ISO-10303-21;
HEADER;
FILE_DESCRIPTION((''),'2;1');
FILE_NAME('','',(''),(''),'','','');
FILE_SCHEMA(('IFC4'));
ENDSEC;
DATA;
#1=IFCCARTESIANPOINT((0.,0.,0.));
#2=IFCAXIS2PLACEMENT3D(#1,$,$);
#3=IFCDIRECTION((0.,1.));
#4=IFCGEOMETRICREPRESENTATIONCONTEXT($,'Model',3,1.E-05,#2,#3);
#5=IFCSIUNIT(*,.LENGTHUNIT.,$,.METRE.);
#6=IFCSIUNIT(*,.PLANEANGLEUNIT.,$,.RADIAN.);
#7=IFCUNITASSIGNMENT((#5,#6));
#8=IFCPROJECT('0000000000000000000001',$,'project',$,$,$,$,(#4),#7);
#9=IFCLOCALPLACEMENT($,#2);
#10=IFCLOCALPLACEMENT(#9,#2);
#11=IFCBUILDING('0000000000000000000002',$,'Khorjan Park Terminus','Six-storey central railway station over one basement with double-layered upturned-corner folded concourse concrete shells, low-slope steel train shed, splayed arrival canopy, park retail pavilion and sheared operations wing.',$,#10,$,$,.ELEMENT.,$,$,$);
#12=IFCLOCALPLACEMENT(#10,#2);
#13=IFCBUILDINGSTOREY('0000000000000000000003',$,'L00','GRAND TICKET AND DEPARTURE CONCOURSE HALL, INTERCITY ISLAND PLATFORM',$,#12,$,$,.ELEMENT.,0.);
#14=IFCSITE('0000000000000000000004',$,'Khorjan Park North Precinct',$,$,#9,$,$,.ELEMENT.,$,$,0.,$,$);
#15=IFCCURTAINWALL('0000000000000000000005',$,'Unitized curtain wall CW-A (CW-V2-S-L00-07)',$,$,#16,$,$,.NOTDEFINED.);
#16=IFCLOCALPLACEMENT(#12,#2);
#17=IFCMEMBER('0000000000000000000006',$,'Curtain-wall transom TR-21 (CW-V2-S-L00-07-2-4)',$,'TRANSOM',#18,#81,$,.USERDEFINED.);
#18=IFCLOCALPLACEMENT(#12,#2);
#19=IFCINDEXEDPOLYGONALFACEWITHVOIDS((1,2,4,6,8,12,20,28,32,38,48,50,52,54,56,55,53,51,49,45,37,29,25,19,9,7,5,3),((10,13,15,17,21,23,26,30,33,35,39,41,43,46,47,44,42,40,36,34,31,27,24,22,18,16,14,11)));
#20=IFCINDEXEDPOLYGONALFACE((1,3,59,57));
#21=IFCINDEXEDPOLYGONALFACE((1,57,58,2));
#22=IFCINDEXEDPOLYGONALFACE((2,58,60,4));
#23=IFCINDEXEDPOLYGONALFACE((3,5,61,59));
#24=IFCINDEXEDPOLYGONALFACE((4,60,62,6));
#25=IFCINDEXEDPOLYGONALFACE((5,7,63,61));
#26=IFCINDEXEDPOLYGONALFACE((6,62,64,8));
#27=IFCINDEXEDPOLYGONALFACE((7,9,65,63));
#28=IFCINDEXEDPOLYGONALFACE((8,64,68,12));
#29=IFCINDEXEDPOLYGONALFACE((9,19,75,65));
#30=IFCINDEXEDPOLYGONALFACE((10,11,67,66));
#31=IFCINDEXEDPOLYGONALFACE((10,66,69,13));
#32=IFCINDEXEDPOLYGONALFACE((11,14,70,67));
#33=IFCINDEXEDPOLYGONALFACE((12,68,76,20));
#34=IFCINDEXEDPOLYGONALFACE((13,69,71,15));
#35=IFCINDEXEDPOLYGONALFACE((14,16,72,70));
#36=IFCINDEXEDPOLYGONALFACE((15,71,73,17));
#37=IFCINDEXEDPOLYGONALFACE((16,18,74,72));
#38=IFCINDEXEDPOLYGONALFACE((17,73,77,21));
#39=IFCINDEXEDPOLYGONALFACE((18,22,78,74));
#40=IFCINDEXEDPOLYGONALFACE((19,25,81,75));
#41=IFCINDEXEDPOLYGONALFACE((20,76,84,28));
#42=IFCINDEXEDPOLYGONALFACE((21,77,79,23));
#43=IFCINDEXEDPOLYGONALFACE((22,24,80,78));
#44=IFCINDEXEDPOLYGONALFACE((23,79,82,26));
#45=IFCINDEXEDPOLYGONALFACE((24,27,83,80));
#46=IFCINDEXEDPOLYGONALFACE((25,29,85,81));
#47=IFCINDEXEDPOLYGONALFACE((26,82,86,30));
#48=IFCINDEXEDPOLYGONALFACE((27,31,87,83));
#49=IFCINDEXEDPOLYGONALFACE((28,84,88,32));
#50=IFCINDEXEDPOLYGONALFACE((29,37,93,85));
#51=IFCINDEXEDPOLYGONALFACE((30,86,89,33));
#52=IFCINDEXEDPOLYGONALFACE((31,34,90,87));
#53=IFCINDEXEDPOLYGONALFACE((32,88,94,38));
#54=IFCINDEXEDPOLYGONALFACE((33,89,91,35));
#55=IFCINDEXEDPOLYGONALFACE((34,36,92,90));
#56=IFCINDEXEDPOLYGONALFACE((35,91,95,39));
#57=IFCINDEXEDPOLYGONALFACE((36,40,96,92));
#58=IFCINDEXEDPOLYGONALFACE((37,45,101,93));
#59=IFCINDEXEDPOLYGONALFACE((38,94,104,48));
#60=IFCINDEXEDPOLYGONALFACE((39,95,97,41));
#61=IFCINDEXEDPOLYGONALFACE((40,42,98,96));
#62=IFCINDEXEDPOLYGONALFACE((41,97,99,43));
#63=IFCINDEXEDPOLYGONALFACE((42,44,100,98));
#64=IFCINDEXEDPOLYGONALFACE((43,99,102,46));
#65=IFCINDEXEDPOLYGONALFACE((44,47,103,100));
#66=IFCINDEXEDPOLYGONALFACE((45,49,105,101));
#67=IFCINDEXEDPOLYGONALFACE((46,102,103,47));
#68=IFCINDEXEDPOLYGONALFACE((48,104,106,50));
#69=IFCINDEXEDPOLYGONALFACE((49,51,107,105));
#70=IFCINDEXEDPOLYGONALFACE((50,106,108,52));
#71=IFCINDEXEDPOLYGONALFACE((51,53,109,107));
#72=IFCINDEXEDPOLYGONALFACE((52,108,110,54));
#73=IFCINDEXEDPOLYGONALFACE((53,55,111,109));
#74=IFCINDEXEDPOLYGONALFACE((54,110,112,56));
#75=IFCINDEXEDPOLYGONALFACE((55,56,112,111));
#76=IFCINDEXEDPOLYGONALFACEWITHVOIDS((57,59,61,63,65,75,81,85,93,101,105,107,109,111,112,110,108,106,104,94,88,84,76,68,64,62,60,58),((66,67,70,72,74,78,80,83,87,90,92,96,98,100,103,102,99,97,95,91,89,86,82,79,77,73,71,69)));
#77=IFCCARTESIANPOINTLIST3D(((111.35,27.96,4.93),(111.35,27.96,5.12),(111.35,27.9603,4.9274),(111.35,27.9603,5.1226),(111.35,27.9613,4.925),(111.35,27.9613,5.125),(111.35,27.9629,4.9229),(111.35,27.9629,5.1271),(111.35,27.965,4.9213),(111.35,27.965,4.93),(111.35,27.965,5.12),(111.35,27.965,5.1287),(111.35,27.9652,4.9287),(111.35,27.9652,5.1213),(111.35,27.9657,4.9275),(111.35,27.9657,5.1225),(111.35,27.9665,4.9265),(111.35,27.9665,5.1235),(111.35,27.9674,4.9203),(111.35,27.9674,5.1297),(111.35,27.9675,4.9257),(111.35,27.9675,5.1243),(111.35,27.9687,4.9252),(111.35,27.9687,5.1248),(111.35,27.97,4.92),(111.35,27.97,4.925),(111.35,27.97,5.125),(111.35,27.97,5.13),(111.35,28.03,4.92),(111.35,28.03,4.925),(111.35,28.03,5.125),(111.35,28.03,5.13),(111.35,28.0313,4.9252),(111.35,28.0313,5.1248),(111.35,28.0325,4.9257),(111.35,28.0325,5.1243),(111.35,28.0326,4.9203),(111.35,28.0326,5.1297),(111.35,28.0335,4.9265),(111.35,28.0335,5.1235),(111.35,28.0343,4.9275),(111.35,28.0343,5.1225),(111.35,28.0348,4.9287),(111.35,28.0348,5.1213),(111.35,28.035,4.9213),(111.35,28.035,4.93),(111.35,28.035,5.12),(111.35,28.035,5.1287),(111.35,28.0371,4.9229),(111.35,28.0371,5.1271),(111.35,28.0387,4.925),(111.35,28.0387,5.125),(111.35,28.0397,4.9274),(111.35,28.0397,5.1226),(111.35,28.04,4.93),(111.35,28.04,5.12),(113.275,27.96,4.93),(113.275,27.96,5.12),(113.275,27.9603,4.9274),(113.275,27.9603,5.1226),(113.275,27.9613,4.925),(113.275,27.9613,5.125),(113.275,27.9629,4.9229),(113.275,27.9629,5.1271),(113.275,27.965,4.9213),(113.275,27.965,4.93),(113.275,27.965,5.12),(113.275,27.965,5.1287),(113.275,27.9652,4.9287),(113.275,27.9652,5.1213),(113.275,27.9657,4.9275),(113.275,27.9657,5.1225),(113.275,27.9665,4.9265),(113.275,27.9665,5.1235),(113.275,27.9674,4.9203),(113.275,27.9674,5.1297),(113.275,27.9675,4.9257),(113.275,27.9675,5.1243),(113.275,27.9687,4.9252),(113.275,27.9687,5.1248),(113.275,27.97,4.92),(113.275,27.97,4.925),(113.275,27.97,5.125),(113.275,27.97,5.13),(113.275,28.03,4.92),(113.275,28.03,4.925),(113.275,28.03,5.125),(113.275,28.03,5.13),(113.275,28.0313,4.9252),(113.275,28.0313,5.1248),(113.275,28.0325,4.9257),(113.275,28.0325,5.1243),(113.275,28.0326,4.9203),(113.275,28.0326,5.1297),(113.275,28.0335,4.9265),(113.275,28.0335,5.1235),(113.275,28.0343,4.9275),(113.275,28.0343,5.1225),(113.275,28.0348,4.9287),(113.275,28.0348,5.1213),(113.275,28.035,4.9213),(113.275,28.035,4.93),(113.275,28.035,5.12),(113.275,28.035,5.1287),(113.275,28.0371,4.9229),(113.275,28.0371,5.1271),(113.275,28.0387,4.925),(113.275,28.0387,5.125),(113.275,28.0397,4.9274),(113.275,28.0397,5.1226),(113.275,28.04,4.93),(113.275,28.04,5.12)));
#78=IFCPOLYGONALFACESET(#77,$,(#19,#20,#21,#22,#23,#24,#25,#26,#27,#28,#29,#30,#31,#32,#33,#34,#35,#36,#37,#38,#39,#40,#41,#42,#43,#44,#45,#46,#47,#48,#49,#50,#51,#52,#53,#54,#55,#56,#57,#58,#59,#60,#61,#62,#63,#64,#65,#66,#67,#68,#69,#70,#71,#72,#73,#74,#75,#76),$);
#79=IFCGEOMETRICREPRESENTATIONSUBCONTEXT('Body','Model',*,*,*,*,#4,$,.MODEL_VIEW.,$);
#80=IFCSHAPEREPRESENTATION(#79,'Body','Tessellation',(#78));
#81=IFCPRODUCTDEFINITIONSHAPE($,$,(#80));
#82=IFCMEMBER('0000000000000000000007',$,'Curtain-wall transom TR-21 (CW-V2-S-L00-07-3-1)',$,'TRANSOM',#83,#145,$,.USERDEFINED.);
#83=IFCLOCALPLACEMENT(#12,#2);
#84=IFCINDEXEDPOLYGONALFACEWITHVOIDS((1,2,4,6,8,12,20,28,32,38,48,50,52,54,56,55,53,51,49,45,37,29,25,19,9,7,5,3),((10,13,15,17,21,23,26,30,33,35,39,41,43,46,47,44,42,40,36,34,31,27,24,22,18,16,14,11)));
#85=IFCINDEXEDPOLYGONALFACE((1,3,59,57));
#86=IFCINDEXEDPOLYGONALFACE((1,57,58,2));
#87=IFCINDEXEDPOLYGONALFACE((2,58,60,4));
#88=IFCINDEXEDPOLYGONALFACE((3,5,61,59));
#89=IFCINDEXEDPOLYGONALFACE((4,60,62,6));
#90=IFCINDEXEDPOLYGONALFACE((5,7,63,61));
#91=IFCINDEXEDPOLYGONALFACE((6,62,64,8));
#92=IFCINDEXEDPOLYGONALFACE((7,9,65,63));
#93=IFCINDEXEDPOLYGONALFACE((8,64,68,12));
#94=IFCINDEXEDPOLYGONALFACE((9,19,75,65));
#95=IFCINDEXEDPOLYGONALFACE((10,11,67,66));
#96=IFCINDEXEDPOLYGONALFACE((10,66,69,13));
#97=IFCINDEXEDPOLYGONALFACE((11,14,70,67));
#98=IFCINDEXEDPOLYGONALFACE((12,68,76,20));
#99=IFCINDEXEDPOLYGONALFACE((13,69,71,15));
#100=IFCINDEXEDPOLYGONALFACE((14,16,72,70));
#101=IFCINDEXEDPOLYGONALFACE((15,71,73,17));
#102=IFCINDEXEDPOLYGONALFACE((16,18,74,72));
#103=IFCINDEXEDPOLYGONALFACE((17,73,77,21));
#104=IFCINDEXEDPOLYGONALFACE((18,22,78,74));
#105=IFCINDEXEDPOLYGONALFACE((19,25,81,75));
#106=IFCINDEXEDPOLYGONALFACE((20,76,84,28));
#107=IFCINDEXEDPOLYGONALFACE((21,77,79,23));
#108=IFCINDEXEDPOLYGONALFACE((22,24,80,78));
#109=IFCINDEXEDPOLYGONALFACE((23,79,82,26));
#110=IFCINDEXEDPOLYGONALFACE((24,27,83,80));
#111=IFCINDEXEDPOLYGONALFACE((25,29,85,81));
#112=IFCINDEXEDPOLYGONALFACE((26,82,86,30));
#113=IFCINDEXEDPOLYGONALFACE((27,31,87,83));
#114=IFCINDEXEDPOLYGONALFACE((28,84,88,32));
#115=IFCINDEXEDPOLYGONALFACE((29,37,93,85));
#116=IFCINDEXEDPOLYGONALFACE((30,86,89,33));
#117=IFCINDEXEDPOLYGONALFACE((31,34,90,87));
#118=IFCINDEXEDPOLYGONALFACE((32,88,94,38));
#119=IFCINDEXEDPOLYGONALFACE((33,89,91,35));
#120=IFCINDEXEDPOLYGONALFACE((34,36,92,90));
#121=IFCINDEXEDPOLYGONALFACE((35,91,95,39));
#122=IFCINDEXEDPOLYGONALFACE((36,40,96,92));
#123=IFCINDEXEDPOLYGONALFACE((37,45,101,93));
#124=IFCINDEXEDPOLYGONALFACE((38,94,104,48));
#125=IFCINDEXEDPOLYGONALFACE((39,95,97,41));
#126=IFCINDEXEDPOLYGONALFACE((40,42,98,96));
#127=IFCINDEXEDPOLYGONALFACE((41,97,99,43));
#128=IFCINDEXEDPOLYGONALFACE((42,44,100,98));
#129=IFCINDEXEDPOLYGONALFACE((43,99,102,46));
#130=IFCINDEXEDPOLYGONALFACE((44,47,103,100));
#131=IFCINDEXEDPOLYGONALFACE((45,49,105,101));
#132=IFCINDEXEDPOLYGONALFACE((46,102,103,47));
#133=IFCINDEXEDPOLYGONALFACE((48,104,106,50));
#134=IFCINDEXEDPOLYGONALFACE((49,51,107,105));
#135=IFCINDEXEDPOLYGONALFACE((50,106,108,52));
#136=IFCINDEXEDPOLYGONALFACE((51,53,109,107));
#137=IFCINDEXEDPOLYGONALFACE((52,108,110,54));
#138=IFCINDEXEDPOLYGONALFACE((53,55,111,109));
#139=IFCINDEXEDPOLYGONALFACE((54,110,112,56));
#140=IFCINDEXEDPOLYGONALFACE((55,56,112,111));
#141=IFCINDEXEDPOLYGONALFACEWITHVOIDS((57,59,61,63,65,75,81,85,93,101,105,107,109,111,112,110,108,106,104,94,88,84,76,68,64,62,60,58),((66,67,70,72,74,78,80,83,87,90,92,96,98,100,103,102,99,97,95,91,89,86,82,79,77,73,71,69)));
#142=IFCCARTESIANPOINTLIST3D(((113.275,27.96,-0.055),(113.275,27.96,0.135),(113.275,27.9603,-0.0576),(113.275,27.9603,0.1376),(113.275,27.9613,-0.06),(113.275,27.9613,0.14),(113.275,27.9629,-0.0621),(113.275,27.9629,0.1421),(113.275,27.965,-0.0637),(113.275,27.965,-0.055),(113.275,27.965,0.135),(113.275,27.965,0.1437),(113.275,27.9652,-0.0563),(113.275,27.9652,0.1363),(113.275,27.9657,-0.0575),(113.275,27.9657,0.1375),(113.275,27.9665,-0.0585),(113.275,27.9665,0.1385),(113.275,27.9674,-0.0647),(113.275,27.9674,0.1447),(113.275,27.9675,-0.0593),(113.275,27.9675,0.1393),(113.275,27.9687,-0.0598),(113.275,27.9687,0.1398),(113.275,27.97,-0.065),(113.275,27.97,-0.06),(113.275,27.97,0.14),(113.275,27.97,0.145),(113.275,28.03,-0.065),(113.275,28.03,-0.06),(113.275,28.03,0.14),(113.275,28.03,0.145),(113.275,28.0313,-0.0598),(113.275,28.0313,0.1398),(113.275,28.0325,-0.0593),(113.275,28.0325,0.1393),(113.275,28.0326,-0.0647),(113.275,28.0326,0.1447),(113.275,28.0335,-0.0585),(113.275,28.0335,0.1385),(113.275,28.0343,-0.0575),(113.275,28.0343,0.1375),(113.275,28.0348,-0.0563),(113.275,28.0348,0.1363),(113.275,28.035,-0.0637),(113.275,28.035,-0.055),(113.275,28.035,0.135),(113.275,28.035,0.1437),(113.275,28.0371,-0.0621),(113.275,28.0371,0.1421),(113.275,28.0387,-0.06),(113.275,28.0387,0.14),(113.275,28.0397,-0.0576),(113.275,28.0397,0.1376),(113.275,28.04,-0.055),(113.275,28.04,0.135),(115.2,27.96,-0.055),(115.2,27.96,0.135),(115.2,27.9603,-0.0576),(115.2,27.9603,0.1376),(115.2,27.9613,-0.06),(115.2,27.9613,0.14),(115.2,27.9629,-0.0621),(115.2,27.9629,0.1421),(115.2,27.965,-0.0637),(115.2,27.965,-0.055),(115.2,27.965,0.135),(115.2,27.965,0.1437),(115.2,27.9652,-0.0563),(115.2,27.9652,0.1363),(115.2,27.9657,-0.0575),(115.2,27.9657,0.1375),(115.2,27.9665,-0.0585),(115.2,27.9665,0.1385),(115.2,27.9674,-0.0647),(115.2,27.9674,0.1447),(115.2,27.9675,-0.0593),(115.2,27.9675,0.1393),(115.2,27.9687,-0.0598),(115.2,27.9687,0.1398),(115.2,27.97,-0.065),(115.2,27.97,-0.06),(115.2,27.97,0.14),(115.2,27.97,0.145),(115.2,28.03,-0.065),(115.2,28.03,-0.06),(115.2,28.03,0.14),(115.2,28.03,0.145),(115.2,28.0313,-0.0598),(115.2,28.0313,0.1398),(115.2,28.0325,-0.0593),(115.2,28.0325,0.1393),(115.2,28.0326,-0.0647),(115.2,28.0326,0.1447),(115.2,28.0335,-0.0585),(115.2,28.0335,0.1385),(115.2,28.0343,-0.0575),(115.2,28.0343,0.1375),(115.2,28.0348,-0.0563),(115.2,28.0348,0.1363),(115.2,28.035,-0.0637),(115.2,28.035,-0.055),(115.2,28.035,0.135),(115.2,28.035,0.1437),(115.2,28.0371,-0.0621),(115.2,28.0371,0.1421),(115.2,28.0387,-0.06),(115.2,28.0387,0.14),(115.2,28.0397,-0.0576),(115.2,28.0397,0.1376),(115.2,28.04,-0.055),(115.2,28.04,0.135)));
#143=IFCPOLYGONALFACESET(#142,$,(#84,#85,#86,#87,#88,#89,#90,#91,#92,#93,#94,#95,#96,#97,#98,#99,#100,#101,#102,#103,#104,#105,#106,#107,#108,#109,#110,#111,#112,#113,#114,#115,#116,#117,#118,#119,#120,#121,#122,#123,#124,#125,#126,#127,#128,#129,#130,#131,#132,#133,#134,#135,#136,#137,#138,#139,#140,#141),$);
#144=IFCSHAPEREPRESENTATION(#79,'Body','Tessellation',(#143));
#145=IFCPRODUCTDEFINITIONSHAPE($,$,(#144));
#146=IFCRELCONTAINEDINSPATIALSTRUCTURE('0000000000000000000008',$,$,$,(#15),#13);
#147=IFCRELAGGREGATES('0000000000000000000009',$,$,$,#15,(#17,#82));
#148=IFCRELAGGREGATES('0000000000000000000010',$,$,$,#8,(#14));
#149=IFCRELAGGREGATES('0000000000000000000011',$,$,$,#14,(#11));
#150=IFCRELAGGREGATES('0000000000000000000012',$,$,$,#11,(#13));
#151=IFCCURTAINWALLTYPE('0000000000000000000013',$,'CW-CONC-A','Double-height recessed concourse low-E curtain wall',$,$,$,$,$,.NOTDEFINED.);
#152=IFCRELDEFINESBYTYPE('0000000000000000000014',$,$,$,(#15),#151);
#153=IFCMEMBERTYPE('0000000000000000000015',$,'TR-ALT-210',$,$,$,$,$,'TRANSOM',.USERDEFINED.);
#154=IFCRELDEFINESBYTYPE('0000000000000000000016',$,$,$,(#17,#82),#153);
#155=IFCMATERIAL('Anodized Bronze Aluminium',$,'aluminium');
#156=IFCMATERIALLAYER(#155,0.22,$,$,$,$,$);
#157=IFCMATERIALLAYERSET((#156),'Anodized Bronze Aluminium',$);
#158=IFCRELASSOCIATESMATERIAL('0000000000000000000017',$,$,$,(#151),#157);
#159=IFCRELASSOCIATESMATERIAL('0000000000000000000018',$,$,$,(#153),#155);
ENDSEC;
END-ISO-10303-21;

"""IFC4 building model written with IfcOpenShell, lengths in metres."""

from ifc_helpers import new_model, si_unit, direction, frame, origin, origin_2d, place, context, subcontext, project, spatial, hollow_rectangle, extrude, material, layer, layer_set, material_profile, profile_set, type_object, element, aggregate, save


model = new_model("IFC4")

# Units and contexts
model_context = context("Model", 3, precision=1e-05, world=origin(), true_north=direction((0.0, 1.0)))
body_context = subcontext(model_context, "Body", "Model", "MODEL_VIEW")
ifc_project = project(units=[si_unit("LENGTHUNIT", "METRE"), si_unit("PLANEANGLEUNIT", "RADIAN")], contexts=[model_context])

# Site, building, storey
site_placement = place(None, origin())
site = spatial("IfcSite", under=ifc_project, at=site_placement, Name="Khorjan Park North Precinct", CompositionType="ELEMENT", RefElevation=0.0)
building_placement = place(site_placement, origin())
building = spatial("IfcBuilding", under=site, at=building_placement, Name="Khorjan Park Terminus", Description="Six-storey central railway station over one basement with double-layered upturned-corner folded concourse concrete shells, low-slope steel train shed, splayed arrival canopy, park retail pavilion and sheared operations wing.", CompositionType="ELEMENT")
storey_placement = place(building_placement, origin())
storey = spatial("IfcBuildingStorey", under=building, at=storey_placement, Name="L00", Description="GRAND TICKET AND DEPARTURE CONCOURSE HALL, INTERCITY ISLAND PLATFORM", CompositionType="ELEMENT", Elevation=0.0)

# Shared definitions
ifc_material_1 = material(Name="Anodized Bronze Aluminium", Category="aluminium")

# Curtain wall
ifc_layer_1 = layer(ifc_material_1, 0.22)
ifc_layer_set_1 = layer_set([ifc_layer_1], Name="Anodized Bronze Aluminium")
curtain_wall_type_1 = type_object("IfcCurtainWallType", Name="CW-CONC-A", Description="Double-height recessed concourse low-E curtain wall", PredefinedType="NOTDEFINED", material=ifc_layer_set_1)
curtain_wall_1_placement = place(storey_placement, origin())
curtain_wall_1 = element("IfcCurtainWall", 1, at=curtain_wall_1_placement, inside=storey, type_object=curtain_wall_type_1, Name="Unitized curtain wall CW-A (CW-V2-S-L00-07)", PredefinedType="NOTDEFINED")

# Members
ifc_material_profile_1 = material_profile(ifc_material_1, hollow_rectangle(XDim=0.08, YDim=0.21, WallThickness=0.005, InnerFilletRadius=0.005, OuterFilletRadius=0.01, at=origin_2d()), Name="ALT 80x210x5")
ifc_profile_set_1 = profile_set([ifc_material_profile_1], Name="Anodized Bronze Aluminium")
member_type_1 = type_object("IfcMemberType", Name="TR-ALT-210", ElementType="TRANSOM", PredefinedType="USERDEFINED", material=ifc_profile_set_1)
member_1_placement = place(storey_placement, frame((111.35, 28.0, 5.025), z_axis=(1.0, 0.0, 0.0), x_axis=(0.0, 1.0, 0.0)))
member_1 = element("IfcMember", 2, at=member_1_placement, type_object=member_type_1, Name="Curtain-wall transom TR-21 (CW-V2-S-L00-07-2-4)", ObjectType="TRANSOM", PredefinedType="USERDEFINED", context=body_context, shape_type="SweptSolid", body=[
    extrude(hollow_rectangle(XDim=0.08, YDim=0.21, WallThickness=0.005, InnerFilletRadius=0.005, OuterFilletRadius=0.01, at=origin_2d()), origin(), (0.0, 0.0, 1.0), 1.925),
])
member_2_placement = place(storey_placement, frame((113.275, 28.0, 0.04), z_axis=(1.0, 0.0, 0.0), x_axis=(0.0, 1.0, 0.0)))
member_2 = element("IfcMember", 3, at=member_2_placement, type_object=member_type_1, Name="Curtain-wall transom TR-21 (CW-V2-S-L00-07-3-1)", ObjectType="TRANSOM", PredefinedType="USERDEFINED", context=body_context, shape_type="SweptSolid", body=[
    extrude(hollow_rectangle(XDim=0.08, YDim=0.21, WallThickness=0.005, InnerFilletRadius=0.005, OuterFilletRadius=0.01, at=origin_2d()), origin(), (0.0, 0.0, 1.0), 1.925),
])

aggregate(curtain_wall_1, [member_1, member_2])

save(model, "model.ifc")
